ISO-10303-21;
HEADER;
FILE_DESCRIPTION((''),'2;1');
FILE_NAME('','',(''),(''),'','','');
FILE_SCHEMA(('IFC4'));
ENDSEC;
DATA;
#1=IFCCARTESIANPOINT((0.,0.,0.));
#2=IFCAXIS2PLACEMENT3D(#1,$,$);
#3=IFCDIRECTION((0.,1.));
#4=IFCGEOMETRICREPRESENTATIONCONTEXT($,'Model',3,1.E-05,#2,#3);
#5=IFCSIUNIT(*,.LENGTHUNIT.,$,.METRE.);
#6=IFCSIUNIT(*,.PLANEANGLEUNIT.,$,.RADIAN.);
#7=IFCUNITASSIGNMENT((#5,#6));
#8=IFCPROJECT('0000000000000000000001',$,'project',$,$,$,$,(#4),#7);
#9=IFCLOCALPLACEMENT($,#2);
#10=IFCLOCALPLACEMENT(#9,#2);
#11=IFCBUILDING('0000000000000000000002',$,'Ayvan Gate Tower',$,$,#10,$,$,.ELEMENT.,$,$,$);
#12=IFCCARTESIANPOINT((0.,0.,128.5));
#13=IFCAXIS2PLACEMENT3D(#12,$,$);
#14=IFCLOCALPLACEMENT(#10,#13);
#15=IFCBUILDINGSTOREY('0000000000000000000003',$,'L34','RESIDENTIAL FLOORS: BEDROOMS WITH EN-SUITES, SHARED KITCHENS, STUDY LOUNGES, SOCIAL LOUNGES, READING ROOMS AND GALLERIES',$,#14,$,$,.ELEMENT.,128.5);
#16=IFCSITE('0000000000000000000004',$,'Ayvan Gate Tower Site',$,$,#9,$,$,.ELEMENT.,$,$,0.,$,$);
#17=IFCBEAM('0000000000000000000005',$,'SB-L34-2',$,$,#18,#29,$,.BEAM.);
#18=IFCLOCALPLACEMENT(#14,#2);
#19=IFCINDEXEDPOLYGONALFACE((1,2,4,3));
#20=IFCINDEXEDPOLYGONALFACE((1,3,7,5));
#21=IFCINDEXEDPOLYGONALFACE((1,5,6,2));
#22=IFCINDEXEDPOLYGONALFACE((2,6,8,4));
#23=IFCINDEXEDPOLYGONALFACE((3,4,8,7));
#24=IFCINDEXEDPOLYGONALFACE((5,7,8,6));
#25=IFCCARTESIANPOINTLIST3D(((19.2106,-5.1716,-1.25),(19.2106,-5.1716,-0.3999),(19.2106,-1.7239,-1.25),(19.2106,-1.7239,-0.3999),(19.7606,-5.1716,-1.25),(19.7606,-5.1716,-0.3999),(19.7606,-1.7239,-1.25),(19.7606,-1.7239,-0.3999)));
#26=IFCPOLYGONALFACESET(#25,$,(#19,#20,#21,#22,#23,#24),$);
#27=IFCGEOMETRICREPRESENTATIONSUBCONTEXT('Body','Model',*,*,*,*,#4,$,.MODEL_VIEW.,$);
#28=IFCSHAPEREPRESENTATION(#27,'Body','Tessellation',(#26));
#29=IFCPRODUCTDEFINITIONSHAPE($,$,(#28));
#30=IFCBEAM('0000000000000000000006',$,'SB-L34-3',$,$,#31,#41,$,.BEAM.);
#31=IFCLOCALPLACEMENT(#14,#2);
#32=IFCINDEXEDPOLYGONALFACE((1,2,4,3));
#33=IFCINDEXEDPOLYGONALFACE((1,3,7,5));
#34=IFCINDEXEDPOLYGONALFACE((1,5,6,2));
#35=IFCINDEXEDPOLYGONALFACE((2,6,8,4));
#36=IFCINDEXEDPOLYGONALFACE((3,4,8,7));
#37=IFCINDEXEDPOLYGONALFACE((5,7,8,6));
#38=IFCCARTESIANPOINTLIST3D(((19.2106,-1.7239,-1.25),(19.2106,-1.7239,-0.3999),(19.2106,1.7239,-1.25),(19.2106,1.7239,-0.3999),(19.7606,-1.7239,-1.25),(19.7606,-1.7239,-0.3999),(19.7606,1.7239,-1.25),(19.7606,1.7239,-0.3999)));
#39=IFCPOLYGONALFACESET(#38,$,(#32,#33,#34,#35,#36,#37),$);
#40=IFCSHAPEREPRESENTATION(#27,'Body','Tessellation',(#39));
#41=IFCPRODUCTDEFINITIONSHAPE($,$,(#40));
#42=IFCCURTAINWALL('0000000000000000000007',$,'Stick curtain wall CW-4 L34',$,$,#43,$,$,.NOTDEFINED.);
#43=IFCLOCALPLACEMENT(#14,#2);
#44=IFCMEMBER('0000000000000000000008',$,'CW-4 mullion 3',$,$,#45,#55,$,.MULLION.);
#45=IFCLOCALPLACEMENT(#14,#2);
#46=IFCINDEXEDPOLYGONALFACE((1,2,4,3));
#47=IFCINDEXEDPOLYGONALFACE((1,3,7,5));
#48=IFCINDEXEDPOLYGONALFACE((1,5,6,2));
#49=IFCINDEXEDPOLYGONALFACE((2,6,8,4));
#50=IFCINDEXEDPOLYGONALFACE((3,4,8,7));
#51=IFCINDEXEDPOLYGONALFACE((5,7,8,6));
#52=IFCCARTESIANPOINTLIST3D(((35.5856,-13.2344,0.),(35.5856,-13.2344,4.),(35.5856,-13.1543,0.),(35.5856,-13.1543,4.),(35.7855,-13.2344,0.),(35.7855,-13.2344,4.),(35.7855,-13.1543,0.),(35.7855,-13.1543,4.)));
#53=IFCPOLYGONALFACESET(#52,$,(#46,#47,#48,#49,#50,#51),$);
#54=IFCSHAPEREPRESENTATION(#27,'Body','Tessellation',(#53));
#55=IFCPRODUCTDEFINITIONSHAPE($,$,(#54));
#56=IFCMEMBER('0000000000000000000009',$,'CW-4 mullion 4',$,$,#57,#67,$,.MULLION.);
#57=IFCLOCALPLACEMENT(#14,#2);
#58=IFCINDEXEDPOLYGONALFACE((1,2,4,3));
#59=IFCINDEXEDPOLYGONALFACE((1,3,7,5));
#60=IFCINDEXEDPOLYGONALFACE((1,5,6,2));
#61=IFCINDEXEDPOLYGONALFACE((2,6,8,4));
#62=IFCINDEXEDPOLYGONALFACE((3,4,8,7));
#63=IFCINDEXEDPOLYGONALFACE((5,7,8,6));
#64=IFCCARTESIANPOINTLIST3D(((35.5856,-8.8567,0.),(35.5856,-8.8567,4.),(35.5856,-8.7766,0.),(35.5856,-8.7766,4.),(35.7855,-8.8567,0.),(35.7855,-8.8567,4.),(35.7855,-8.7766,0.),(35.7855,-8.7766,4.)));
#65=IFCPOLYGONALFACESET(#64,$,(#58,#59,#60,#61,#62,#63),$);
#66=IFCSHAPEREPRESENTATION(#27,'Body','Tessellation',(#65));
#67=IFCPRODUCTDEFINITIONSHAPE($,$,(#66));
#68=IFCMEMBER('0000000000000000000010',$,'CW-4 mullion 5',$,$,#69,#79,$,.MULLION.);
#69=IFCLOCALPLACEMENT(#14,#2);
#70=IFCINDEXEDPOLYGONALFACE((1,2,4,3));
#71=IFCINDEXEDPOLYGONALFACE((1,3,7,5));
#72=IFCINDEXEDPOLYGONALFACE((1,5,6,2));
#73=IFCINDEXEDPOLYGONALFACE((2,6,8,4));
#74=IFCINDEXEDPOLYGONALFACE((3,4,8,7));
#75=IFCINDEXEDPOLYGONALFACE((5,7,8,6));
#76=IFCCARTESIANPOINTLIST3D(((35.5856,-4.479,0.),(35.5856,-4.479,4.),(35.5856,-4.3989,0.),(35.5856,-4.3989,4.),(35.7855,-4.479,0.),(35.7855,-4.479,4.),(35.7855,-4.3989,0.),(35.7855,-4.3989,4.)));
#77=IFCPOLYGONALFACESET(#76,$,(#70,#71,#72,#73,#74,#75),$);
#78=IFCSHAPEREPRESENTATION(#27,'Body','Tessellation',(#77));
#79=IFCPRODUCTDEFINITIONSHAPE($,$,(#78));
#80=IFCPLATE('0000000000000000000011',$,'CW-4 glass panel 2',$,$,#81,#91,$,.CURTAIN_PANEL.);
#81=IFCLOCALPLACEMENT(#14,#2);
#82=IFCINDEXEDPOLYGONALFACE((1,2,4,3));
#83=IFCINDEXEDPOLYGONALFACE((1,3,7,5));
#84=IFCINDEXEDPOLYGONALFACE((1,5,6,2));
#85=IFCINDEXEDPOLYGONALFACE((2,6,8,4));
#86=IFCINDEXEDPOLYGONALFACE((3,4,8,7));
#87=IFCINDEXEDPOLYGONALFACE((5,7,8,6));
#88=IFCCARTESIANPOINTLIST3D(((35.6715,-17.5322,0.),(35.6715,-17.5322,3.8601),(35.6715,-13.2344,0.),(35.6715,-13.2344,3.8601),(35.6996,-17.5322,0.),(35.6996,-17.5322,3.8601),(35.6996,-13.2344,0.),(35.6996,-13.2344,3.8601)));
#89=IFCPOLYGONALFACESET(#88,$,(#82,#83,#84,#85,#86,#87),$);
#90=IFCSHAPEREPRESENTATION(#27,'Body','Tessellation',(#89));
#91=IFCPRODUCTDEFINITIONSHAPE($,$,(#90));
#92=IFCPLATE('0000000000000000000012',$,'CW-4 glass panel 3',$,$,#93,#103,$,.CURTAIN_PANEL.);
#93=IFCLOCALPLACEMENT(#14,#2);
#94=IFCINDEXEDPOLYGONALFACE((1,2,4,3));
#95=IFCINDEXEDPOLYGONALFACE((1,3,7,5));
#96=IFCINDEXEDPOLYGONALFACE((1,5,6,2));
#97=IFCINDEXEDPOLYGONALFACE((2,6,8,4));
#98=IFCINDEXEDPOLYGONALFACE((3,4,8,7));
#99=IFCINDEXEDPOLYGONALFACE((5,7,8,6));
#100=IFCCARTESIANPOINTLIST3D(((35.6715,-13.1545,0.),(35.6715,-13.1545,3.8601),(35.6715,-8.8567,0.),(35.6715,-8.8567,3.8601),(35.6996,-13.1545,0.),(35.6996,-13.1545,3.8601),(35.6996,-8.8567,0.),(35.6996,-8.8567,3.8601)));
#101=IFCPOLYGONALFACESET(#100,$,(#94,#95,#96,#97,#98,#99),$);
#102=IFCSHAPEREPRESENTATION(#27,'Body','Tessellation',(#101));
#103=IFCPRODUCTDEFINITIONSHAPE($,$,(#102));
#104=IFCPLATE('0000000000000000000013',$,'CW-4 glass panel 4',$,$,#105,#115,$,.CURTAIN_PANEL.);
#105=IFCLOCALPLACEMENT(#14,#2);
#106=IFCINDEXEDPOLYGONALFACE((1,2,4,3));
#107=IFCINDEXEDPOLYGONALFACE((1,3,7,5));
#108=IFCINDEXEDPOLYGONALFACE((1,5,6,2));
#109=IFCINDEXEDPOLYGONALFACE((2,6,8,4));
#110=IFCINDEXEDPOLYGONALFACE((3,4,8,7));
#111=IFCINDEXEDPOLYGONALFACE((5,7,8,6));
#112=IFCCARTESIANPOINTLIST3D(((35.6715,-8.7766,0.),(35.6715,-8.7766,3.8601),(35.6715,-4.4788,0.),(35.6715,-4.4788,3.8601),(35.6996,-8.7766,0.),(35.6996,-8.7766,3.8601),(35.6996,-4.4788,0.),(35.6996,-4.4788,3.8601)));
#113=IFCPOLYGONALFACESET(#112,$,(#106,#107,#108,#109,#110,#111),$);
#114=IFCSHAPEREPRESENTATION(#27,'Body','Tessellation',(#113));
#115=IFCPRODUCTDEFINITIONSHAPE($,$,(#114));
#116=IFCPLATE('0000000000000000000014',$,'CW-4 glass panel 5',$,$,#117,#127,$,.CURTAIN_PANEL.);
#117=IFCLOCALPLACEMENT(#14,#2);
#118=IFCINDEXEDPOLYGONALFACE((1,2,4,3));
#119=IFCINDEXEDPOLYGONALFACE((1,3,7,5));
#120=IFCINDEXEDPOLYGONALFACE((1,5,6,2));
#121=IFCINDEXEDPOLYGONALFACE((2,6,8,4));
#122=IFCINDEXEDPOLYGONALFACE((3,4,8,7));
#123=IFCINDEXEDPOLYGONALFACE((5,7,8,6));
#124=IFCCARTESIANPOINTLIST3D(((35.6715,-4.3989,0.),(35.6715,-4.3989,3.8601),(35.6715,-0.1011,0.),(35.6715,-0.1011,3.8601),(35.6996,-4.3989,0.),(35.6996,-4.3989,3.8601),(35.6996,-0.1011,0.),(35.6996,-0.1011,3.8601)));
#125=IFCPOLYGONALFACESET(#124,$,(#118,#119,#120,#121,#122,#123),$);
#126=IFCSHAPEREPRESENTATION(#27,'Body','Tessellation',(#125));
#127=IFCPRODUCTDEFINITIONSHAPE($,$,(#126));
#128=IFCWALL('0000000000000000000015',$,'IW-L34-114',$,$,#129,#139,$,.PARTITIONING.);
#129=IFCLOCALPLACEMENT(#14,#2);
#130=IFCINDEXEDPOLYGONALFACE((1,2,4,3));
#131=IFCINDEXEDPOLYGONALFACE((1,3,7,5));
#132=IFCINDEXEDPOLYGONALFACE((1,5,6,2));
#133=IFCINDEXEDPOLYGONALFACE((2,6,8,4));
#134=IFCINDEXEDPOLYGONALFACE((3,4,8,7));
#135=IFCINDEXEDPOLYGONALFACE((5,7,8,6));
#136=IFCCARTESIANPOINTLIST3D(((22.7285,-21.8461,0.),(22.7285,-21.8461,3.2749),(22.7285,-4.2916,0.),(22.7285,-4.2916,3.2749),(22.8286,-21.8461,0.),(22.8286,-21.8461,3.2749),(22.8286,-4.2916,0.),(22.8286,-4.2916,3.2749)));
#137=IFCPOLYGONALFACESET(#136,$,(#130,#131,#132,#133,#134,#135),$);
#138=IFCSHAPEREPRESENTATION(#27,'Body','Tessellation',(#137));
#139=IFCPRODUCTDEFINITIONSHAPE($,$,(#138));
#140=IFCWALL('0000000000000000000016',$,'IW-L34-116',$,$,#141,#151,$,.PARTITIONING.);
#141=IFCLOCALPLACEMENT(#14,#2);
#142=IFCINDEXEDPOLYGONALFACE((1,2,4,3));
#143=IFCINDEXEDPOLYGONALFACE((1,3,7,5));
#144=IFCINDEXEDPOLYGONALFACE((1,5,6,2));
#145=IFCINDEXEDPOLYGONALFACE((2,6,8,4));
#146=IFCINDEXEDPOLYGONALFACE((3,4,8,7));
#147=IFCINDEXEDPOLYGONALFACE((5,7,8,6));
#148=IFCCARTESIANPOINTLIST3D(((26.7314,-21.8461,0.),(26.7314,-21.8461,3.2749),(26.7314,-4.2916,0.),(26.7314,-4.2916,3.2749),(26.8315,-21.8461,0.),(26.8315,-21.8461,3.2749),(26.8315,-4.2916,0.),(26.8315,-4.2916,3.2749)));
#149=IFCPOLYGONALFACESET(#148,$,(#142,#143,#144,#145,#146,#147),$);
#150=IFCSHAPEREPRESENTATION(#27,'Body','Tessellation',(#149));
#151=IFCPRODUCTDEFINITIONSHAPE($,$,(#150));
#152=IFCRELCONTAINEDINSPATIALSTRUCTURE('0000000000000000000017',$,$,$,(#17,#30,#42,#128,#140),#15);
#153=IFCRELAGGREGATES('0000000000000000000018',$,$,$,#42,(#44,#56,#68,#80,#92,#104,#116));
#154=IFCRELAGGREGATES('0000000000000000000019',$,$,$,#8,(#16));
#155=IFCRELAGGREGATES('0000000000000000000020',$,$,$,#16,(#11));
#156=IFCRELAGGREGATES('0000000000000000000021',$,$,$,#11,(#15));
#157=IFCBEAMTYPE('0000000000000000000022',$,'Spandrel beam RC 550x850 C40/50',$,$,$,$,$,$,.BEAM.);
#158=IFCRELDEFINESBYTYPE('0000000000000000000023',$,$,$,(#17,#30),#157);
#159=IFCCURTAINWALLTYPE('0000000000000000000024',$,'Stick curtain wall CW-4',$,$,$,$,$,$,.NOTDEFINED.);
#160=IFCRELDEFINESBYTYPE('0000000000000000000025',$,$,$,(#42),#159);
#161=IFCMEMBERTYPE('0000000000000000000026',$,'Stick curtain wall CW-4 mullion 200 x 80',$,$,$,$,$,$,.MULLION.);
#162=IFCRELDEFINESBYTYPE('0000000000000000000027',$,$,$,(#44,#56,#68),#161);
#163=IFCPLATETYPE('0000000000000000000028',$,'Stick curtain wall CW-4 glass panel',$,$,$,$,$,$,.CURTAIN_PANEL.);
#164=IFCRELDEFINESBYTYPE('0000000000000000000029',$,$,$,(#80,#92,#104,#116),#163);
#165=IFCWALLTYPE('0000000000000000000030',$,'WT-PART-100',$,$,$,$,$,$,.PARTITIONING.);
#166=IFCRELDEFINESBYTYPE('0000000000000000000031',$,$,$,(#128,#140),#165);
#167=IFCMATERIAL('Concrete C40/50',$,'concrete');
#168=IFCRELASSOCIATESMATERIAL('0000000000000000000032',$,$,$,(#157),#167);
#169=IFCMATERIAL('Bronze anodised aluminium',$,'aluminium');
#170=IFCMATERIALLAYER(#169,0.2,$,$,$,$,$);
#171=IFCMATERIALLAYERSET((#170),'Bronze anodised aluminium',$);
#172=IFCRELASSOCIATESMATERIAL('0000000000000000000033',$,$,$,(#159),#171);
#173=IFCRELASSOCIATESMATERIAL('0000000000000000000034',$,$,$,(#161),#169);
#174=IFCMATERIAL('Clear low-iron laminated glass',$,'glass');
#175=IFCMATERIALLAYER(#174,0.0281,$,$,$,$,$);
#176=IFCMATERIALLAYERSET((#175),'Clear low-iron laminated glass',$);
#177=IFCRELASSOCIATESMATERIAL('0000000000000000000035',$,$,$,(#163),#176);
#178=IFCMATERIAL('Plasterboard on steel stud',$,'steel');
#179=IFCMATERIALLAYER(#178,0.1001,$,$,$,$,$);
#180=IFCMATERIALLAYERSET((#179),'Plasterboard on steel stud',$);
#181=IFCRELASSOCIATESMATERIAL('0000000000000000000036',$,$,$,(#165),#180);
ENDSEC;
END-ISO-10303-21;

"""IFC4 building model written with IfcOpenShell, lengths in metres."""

from ifc_helpers import new_model, si_unit, direction, frame, frame_2d, origin, origin_2d, place, context, subcontext, project, spatial, rectangle, extrude, material, layer, layer_set, material_profile, profile_set, type_object, element, aggregate, save


model = new_model("IFC4")

# Units and contexts
model_context = context("Model", 3, precision=1e-05, world=origin(), true_north=direction((0.0, 1.0)))
body_context = subcontext(model_context, "Body", "Model", "MODEL_VIEW")
ifc_project = project(units=[si_unit("LENGTHUNIT", "METRE"), si_unit("PLANEANGLEUNIT", "RADIAN")], contexts=[model_context])

# Site, building, storey
site_placement = place(None, origin())
site = spatial("IfcSite", under=ifc_project, at=site_placement, Name="Ayvan Gate Tower Site", CompositionType="ELEMENT", RefElevation=0.0)
building_placement = place(site_placement, origin())
building = spatial("IfcBuilding", under=site, at=building_placement, Name="Ayvan Gate Tower", CompositionType="ELEMENT")
storey_placement = place(building_placement, frame((0.0, 0.0, 128.5)))
storey = spatial("IfcBuildingStorey", under=building, at=storey_placement, Name="L34", Description="RESIDENTIAL FLOORS: BEDROOMS WITH EN-SUITES, SHARED KITCHENS, STUDY LOUNGES, SOCIAL LOUNGES, READING ROOMS AND GALLERIES", CompositionType="ELEMENT", Elevation=128.5)

# Shared definitions
ifc_material_1 = material(Name="Concrete C40/50", Category="concrete")

# Beams
ifc_material_profile_1 = material_profile(ifc_material_1, rectangle(XDim=0.55, YDim=0.8501, at=origin_2d()), Name="RC 550x850")
ifc_profile_set_1 = profile_set([ifc_material_profile_1], Name="Concrete C40/50")
beam_type_1 = type_object("IfcBeamType", Name="Spandrel beam RC 550x850 C40/50", PredefinedType="BEAM", material=ifc_profile_set_1)
for number, where, z_axis, x_axis, name in (
    (1, (19.4856, -5.1716, -0.825), (0.0, 1.0, 0.0), (-1.0, 0.0, 0.0), "SB-L34-2"),
    (2, (19.4856, -1.7239, -0.825), (0.0, 1.0, 0.0), (-1.0, 0.0, 0.0), "SB-L34-3"),
):
    element("IfcBeam", number, at=place(storey_placement, frame(where, z_axis=z_axis, x_axis=x_axis)), inside=storey, type_object=beam_type_1, Name=name, PredefinedType="BEAM", context=body_context, shape_type="SweptSolid", body=[
        extrude(rectangle(XDim=0.55, YDim=0.8501, at=origin_2d()), origin(), (0.0, 0.0, 1.0), 3.4478),
    ])

# Curtain wall, members, plates
ifc_material_2 = material(Name="Bronze anodised aluminium", Category="aluminium")
ifc_layer_1 = layer(ifc_material_2, 0.2)
ifc_layer_set_1 = layer_set([ifc_layer_1], Name="Bronze anodised aluminium")
curtain_wall_type = type_object("IfcCurtainWallType", Name="Stick curtain wall CW-4", PredefinedType="NOTDEFINED", material=ifc_layer_set_1)
curtain_wall_placement = place(storey_placement, origin())
curtain_wall = element("IfcCurtainWall", 3, at=curtain_wall_placement, inside=storey, type_object=curtain_wall_type, Name="Stick curtain wall CW-4 L34", PredefinedType="NOTDEFINED")
ifc_material_profile_2 = material_profile(ifc_material_2, rectangle(XDim=0.2, YDim=0.0801, at=origin_2d()), Name="Stick curtain wall CW-4 mullion 200 x 80")
ifc_profile_set_2 = profile_set([ifc_material_profile_2], Name="Bronze anodised aluminium")
member_type_1 = type_object("IfcMemberType", Name="Stick curtain wall CW-4 mullion 200 x 80", PredefinedType="MULLION", material=ifc_profile_set_2)
member_1_placement = place(storey_placement, frame((35.6855, -13.1943, 0.0), z_axis=(0.0, 0.0, 1.0), x_axis=(1.0, 0.0, 0.0)))
member_1 = element("IfcMember", 4, at=member_1_placement, type_object=member_type_1, Name="CW-4 mullion 3", PredefinedType="MULLION", context=body_context, shape_type="SweptSolid", body=[
    extrude(rectangle(XDim=0.2, YDim=0.0801, at=origin_2d()), origin(), (0.0, 0.0, 1.0), 4.0),
])
member_2_placement = place(storey_placement, frame((35.6855, -8.8167, 0.0), z_axis=(0.0, 0.0, 1.0), x_axis=(1.0, 0.0, 0.0)))
member_2 = element("IfcMember", 5, at=member_2_placement, type_object=member_type_1, Name="CW-4 mullion 4", PredefinedType="MULLION", context=body_context, shape_type="SweptSolid", body=[
    extrude(rectangle(XDim=0.2, YDim=0.0801, at=origin_2d()), origin(), (0.0, 0.0, 1.0), 4.0),
])
member_3_placement = place(storey_placement, frame((35.6855, -4.439, 0.0), z_axis=(0.0, 0.0, 1.0), x_axis=(1.0, 0.0, 0.0)))
member_3 = element("IfcMember", 6, at=member_3_placement, type_object=member_type_1, Name="CW-4 mullion 5", PredefinedType="MULLION", context=body_context, shape_type="SweptSolid", body=[
    extrude(rectangle(XDim=0.2, YDim=0.0801, at=origin_2d()), origin(), (0.0, 0.0, 1.0), 4.0),
])
ifc_material_3 = material(Name="Clear low-iron laminated glass", Category="glass")
ifc_layer_2 = layer(ifc_material_3, 0.0281)
ifc_layer_set_2 = layer_set([ifc_layer_2], Name="Clear low-iron laminated glass")
plate_type = type_object("IfcPlateType", Name="Stick curtain wall CW-4 glass panel", PredefinedType="CURTAIN_PANEL", material=ifc_layer_set_2)
plate_1_placement = place(storey_placement, frame((35.6855, -15.3833, 0.0), z_axis=(0.0, 0.0, 1.0), x_axis=(0.0, 1.0, 0.0)))
plate_1 = element("IfcPlate", 7, at=plate_1_placement, type_object=plate_type, Name="CW-4 glass panel 2", PredefinedType="CURTAIN_PANEL", context=body_context, shape_type="SweptSolid", body=[
    extrude(rectangle(XDim=4.2979, YDim=0.0281, at=origin_2d()), origin(), (0.0, 0.0, 1.0), 3.8601),
])
plate_2_placement = place(storey_placement, frame((35.6855, -11.0056, 0.0), z_axis=(0.0, 0.0, 1.0), x_axis=(0.0, 1.0, 0.0)))
plate_2 = element("IfcPlate", 8, at=plate_2_placement, type_object=plate_type, Name="CW-4 glass panel 3", PredefinedType="CURTAIN_PANEL", context=body_context, shape_type="SweptSolid", body=[
    extrude(rectangle(XDim=4.2979, YDim=0.0281, at=origin_2d()), origin(), (0.0, 0.0, 1.0), 3.8601),
])
plate_3_placement = place(storey_placement, frame((35.6855, -6.6277, 0.0), z_axis=(0.0, 0.0, 1.0), x_axis=(0.0, 1.0, 0.0)))
plate_3 = element("IfcPlate", 9, at=plate_3_placement, type_object=plate_type, Name="CW-4 glass panel 4", PredefinedType="CURTAIN_PANEL", context=body_context, shape_type="SweptSolid", body=[
    extrude(rectangle(XDim=4.2979, YDim=0.0281, at=origin_2d()), origin(), (0.0, 0.0, 1.0), 3.8601),
])
plate_4_placement = place(storey_placement, frame((35.6855, -2.25, 0.0), z_axis=(0.0, 0.0, 1.0), x_axis=(0.0, 1.0, 0.0)))
plate_4 = element("IfcPlate", 10, at=plate_4_placement, type_object=plate_type, Name="CW-4 glass panel 5", PredefinedType="CURTAIN_PANEL", context=body_context, shape_type="SweptSolid", body=[
    extrude(rectangle(XDim=4.2979, YDim=0.0281, at=origin_2d()), origin(), (0.0, 0.0, 1.0), 3.8601),
])
aggregate(curtain_wall, [member_1, member_2, member_3, plate_1, plate_2, plate_3, plate_4])

# Walls
ifc_material_4 = material(Name="Plasterboard on steel stud", Category="steel")
ifc_layer_3 = layer(ifc_material_4, 0.1001)
ifc_layer_set_3 = layer_set([ifc_layer_3], Name="Plasterboard on steel stud")
wall_type = type_object("IfcWallType", Name="WT-PART-100", PredefinedType="PARTITIONING", material=ifc_layer_set_3)
for number, where, z_axis, x_axis, name in (
    (11, (22.7786, -4.2915, 0.0), (0.0, 0.0, 1.0), (0.0, -1.0, 0.0), "IW-L34-114"),
    (12, (26.7815, -4.2915, 0.0), (0.0, 0.0, 1.0), (0.0, -1.0, 0.0), "IW-L34-116"),
):
    element("IfcWall", number, at=place(storey_placement, frame(where, z_axis=z_axis, x_axis=x_axis)), inside=storey, type_object=wall_type, Name=name, PredefinedType="PARTITIONING", context=body_context, shape_type="SweptSolid", body=[
        extrude(rectangle(XDim=17.5544, YDim=0.1001, at=frame_2d((8.7773, 0.0))), origin(), (0.0, 0.0, 1.0), 3.2749),
    ])

save(model, "model.ifc")
